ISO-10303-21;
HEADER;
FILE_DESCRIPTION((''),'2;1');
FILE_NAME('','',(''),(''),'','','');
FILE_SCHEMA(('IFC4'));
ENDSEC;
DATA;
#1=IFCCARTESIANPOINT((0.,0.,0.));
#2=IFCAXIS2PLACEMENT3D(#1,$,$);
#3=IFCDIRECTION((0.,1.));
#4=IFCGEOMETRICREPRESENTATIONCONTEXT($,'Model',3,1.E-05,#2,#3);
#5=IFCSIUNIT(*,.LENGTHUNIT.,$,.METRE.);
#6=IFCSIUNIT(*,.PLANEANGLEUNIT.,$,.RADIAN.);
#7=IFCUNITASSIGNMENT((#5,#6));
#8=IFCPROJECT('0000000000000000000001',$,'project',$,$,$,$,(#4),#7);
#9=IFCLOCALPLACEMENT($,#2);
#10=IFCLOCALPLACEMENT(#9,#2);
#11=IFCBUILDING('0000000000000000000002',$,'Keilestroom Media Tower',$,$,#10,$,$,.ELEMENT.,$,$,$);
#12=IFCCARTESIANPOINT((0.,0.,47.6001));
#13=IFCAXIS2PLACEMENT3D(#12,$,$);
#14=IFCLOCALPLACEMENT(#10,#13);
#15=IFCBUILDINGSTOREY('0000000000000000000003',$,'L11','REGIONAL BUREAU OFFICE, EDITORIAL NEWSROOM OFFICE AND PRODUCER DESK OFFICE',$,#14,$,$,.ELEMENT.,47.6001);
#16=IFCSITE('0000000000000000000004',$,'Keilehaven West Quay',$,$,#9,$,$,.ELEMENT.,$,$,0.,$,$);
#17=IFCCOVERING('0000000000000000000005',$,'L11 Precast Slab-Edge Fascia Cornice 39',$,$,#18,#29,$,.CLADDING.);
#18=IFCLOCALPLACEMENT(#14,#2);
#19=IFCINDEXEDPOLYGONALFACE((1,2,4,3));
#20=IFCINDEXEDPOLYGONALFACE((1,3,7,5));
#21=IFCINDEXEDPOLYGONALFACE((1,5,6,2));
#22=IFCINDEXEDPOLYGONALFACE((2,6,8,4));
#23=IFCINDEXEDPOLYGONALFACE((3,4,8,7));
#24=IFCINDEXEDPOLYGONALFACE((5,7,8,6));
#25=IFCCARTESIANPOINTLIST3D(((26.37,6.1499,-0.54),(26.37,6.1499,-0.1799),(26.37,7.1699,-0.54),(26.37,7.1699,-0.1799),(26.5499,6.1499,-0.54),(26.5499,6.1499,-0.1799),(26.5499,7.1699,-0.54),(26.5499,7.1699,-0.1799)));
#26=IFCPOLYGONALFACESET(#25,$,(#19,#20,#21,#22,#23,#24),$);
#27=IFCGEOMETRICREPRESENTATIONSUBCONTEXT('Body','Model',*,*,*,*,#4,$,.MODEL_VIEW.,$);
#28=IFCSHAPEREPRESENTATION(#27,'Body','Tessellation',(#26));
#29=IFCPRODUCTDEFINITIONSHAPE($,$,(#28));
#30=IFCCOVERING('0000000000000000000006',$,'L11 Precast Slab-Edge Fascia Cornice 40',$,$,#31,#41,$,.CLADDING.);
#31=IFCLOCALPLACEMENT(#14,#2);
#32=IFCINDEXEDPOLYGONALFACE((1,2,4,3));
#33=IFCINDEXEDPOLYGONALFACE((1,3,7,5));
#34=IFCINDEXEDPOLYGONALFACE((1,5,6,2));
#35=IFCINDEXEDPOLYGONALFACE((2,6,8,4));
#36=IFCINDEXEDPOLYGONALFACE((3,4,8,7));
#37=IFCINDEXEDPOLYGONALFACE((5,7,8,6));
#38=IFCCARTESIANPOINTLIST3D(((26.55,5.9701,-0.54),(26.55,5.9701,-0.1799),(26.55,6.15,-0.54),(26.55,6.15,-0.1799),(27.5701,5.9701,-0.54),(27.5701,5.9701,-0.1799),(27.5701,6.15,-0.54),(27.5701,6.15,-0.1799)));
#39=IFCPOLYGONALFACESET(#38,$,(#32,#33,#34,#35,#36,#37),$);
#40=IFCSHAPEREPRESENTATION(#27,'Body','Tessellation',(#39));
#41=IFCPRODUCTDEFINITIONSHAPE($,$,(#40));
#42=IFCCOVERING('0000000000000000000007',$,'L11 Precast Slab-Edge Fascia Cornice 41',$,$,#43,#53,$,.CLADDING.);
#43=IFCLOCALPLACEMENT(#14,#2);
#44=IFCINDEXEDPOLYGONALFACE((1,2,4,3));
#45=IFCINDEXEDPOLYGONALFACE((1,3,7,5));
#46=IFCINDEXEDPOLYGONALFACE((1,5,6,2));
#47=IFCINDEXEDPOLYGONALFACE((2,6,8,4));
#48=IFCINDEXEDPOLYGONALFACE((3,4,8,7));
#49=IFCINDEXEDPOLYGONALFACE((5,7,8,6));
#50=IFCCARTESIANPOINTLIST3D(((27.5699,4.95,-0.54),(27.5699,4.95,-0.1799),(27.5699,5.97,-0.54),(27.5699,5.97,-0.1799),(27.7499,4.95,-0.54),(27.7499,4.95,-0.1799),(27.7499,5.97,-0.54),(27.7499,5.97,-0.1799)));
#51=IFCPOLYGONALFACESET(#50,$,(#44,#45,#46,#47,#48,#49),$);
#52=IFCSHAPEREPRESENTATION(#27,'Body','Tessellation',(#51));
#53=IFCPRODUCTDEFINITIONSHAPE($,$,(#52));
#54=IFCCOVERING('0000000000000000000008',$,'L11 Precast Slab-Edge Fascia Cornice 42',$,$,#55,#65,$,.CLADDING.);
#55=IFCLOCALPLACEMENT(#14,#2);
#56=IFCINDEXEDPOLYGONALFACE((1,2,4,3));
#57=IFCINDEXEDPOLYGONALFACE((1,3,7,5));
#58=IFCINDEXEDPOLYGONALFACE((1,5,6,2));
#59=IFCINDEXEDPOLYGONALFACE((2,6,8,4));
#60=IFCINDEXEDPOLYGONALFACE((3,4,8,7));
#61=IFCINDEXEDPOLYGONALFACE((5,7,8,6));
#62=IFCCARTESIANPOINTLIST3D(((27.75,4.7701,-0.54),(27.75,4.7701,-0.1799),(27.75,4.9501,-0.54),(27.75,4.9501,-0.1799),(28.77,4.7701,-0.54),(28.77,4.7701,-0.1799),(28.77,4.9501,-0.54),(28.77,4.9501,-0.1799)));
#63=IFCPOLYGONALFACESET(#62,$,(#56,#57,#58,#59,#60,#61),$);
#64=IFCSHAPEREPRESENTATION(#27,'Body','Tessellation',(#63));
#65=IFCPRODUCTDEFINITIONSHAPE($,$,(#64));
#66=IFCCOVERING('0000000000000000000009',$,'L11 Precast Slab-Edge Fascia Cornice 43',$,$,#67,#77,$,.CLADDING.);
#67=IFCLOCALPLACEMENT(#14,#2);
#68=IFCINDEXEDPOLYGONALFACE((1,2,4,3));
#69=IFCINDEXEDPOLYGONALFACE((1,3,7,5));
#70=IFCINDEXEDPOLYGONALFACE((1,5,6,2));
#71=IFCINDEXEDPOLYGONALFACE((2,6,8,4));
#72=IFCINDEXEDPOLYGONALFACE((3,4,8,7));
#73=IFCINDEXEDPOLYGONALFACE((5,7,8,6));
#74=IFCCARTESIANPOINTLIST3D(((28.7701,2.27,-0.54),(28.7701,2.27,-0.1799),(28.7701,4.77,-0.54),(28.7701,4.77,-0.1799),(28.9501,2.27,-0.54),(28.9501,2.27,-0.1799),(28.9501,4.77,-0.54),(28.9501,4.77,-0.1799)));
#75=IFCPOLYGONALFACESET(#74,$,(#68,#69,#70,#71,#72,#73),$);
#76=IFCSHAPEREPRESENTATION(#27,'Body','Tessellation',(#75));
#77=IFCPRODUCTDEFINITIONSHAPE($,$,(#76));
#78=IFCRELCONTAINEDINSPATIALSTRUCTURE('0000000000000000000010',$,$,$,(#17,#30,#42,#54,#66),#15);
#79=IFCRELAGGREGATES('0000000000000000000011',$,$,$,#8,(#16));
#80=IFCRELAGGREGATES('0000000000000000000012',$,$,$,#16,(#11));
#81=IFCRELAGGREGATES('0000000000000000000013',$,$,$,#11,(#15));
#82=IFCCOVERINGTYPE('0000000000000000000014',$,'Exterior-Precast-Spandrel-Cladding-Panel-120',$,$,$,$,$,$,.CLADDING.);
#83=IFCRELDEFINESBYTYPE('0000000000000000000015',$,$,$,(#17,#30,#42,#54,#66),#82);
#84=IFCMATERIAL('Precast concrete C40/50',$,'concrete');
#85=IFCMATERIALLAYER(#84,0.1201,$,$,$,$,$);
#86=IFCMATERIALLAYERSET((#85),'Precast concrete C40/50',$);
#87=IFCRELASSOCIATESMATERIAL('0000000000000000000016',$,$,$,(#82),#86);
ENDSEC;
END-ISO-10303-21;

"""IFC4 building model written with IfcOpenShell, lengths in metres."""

from ifc_helpers import new_model, si_unit, direction, frame, origin, origin_2d, place, context, subcontext, project, spatial, rectangle, extrude, source, transform, mapped, material, layer, layer_set, type_object, element, save


model = new_model("IFC4")

# Units and contexts
model_context = context("Model", 3, precision=1e-05, world=origin(), true_north=direction((0.0, 1.0)))
body_context = subcontext(model_context, "Body", "Model", "MODEL_VIEW")
ifc_project = project(units=[si_unit("LENGTHUNIT", "METRE"), si_unit("PLANEANGLEUNIT", "RADIAN")], contexts=[model_context])

# Site, building, storey
site_placement = place(None, origin())
site = spatial("IfcSite", under=ifc_project, at=site_placement, Name="Keilehaven West Quay", CompositionType="ELEMENT", RefElevation=0.0)
building_placement = place(site_placement, origin())
building = spatial("IfcBuilding", under=site, at=building_placement, Name="Keilestroom Media Tower", CompositionType="ELEMENT")
storey_placement = place(building_placement, frame((0.0, 0.0, 47.6001)))
storey = spatial("IfcBuildingStorey", under=building, at=storey_placement, Name="L11", Description="REGIONAL BUREAU OFFICE, EDITORIAL NEWSROOM OFFICE AND PRODUCER DESK OFFICE", CompositionType="ELEMENT", Elevation=47.6001)

# Shared definitions
ifc_material_1 = material(Name="Precast concrete C40/50", Category="concrete")

# Coverings
ifc_layer_1 = layer(ifc_material_1, 0.1201)
ifc_layer_set_1 = layer_set([ifc_layer_1], Name="Precast concrete C40/50")
covering_type = type_object("IfcCoveringType", Name="Exterior-Precast-Spandrel-Cladding-Panel-120", PredefinedType="CLADDING", material=ifc_layer_set_1)
shared_shape_1 = source(origin(), body_context, "Body", "SweptSolid", [
    extrude(rectangle(XDim=1.02, YDim=0.1799, at=origin_2d()), origin(), (0.0, 0.0, 1.0), 0.3601),
])
for number, where, z_axis, x_axis, name in (
    (1, (26.46, 6.6599, -0.54), (0.0, 0.0, 1.0), (0.0, -1.0, 0.0), "L11 Precast Slab-Edge Fascia Cornice 39"),
    (2, (27.0601, 6.0601, -0.54), (0.0, 0.0, 1.0), (1.0, 0.0, 0.0), "L11 Precast Slab-Edge Fascia Cornice 40"),
    (3, (27.6599, 5.46, -0.54), (0.0, 0.0, 1.0), (0.0, -1.0, 0.0), "L11 Precast Slab-Edge Fascia Cornice 41"),
    (4, (28.26, 4.8601, -0.54), (0.0, 0.0, 1.0), (1.0, 0.0, 0.0), "L11 Precast Slab-Edge Fascia Cornice 42"),
):
    element("IfcCovering", number, at=place(storey_placement, frame(where, z_axis=z_axis, x_axis=x_axis)), inside=storey, type_object=covering_type, Name=name, PredefinedType="CLADDING", context=body_context, shape_type="MappedRepresentation", body=[
        mapped(shared_shape_1, transform((0.0, 0.0, 0.0), x_axis=(1.0, 0.0, 0.0), y_axis=(0.0, 1.0, 0.0), z_axis=(0.0, 0.0, 1.0), scale=1.0)),
    ])
shared_shape_2 = source(origin(), body_context, "Body", "SweptSolid", [
    extrude(rectangle(XDim=2.5, YDim=0.1799, at=origin_2d()), origin(), (0.0, 0.0, 1.0), 0.3601),
])
covering_placement = place(storey_placement, frame((28.8601, 3.52, -0.54), z_axis=(0.0, 0.0, 1.0), x_axis=(0.0, -1.0, 0.0)))
element("IfcCovering", 5, at=covering_placement, inside=storey, type_object=covering_type, Name="L11 Precast Slab-Edge Fascia Cornice 43", PredefinedType="CLADDING", context=body_context, shape_type="MappedRepresentation", body=[
    mapped(shared_shape_2, transform((0.0, 0.0, 0.0), x_axis=(1.0, 0.0, 0.0), y_axis=(0.0, 1.0, 0.0), z_axis=(0.0, 0.0, 1.0), scale=1.0)),
])

save(model, "model.ifc")
